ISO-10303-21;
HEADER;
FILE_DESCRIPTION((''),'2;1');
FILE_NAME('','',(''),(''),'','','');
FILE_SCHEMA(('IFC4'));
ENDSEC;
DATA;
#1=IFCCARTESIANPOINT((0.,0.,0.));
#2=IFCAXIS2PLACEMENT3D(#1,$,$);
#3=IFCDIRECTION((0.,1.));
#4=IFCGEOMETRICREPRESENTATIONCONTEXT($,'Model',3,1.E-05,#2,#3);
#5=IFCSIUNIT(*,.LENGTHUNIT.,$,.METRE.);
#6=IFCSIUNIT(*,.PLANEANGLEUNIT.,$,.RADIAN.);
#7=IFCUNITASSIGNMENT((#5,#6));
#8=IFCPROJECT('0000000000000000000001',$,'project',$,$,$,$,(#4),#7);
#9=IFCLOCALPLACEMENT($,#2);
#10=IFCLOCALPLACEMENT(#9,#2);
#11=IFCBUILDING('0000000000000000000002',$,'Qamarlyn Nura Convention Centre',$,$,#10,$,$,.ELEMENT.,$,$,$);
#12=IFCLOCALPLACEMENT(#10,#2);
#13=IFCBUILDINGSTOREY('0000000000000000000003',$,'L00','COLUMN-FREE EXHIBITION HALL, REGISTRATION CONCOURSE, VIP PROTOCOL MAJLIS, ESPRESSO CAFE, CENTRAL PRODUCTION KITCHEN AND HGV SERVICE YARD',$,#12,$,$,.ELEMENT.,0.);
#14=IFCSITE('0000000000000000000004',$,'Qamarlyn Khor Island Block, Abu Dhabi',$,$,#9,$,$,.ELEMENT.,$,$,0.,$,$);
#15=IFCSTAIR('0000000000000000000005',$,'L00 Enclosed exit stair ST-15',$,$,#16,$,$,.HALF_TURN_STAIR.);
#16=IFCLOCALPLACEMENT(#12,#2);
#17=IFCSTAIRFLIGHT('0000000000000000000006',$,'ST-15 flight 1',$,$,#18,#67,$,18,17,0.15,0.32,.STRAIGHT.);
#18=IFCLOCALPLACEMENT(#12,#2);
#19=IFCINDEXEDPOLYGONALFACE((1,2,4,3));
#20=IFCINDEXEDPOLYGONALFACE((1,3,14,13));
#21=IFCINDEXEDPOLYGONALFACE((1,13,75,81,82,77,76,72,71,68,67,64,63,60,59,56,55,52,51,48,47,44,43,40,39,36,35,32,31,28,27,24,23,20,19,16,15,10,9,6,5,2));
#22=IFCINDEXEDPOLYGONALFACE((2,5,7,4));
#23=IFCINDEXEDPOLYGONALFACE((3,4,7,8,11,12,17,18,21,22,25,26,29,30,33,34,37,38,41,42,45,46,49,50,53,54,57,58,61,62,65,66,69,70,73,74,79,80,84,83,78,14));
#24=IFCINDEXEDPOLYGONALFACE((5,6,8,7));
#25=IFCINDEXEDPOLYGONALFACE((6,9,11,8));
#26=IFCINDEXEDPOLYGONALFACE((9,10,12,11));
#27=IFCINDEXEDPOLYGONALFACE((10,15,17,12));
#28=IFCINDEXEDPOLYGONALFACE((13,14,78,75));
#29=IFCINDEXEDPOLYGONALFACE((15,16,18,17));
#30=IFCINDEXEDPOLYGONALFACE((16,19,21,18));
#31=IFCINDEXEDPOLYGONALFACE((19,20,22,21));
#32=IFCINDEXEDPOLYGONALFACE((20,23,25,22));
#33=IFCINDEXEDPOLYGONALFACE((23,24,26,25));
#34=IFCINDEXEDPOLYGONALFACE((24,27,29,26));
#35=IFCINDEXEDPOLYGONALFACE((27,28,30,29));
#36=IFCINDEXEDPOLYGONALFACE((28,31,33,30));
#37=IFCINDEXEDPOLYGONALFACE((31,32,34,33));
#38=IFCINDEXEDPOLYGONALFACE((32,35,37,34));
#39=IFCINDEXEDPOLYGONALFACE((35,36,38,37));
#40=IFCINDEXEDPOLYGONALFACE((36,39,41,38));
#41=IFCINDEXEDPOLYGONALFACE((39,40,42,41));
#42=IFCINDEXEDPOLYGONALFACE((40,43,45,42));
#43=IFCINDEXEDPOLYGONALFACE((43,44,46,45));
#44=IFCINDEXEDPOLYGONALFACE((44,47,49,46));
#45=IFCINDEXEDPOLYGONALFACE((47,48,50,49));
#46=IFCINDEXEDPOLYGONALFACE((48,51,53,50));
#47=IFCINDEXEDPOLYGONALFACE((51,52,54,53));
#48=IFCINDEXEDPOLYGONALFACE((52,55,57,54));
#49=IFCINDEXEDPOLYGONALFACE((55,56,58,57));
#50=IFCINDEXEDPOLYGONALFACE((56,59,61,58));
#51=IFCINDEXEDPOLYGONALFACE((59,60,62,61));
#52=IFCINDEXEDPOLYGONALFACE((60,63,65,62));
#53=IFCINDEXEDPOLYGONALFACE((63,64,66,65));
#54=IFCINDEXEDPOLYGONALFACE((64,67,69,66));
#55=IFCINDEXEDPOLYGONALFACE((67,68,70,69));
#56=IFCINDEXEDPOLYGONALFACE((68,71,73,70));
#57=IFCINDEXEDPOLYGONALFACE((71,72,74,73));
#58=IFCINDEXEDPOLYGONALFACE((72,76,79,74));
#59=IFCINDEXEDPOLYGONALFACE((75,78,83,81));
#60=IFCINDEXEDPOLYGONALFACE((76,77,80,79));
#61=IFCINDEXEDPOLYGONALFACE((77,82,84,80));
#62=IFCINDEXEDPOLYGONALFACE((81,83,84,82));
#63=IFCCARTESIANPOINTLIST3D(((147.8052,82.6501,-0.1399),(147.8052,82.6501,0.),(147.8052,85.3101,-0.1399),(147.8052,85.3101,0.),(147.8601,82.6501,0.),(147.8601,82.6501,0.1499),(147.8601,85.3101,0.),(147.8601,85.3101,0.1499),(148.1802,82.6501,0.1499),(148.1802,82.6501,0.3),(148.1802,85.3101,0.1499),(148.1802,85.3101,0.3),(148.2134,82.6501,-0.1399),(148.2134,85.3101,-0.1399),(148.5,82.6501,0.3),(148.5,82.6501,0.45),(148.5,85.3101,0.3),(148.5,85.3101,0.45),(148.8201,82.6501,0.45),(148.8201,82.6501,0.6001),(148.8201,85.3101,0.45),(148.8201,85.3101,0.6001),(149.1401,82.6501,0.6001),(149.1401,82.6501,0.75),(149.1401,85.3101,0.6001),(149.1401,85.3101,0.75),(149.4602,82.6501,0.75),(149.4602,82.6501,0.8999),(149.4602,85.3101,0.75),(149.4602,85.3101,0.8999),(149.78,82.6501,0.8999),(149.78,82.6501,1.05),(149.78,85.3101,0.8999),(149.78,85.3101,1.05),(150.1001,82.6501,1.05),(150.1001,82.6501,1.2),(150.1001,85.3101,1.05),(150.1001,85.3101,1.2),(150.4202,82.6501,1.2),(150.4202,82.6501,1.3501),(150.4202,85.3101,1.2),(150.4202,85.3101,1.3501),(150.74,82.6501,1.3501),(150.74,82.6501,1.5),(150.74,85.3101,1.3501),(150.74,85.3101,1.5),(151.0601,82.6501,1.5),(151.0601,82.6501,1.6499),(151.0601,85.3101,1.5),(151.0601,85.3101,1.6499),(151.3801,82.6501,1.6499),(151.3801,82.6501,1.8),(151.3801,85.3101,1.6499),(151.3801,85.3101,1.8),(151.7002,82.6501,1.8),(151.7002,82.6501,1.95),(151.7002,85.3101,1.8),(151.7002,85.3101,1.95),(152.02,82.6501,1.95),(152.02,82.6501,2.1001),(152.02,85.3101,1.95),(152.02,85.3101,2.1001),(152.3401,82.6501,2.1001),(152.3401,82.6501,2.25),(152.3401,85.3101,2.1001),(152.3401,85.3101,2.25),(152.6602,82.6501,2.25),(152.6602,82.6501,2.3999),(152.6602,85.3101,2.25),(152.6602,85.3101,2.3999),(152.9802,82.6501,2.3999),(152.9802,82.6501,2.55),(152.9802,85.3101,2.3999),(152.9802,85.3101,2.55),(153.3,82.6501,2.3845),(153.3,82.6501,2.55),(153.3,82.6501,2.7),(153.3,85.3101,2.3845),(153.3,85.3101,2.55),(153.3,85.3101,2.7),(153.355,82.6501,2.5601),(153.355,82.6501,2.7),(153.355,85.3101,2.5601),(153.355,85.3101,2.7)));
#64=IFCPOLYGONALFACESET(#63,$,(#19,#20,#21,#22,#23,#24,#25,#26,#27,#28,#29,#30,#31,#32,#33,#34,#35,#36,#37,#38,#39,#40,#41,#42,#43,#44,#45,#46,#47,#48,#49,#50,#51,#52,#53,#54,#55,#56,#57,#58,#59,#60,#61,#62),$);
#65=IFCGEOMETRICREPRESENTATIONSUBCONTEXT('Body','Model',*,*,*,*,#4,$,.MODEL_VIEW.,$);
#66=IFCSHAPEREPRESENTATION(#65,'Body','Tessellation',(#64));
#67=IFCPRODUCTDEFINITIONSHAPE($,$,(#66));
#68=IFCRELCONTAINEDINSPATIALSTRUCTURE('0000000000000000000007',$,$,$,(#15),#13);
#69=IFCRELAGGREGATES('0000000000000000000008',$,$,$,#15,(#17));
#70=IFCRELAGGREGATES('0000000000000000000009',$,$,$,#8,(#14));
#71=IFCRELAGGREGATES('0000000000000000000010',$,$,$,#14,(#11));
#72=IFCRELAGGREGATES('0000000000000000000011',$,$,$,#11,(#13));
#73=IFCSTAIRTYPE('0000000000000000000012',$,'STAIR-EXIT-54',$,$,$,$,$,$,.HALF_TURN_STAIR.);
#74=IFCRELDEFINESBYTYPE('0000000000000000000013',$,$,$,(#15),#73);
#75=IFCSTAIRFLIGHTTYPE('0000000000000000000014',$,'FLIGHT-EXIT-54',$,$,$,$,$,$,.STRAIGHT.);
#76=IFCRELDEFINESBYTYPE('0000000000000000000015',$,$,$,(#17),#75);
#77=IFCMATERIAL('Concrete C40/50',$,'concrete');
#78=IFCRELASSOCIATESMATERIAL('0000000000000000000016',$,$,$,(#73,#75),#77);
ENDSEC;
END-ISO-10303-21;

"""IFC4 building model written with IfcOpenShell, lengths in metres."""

from ifc_helpers import new_model, si_unit, direction, frame, origin, place, context, subcontext, project, spatial, polyline, outline, extrude, material, type_object, element, aggregate, save


model = new_model("IFC4")

# Units and contexts
model_context = context("Model", 3, precision=1e-05, world=origin(), true_north=direction((0.0, 1.0)))
body_context = subcontext(model_context, "Body", "Model", "MODEL_VIEW")
ifc_project = project(units=[si_unit("LENGTHUNIT", "METRE"), si_unit("PLANEANGLEUNIT", "RADIAN")], contexts=[model_context])

# Site, building, storey
site_placement = place(None, origin())
site = spatial("IfcSite", under=ifc_project, at=site_placement, Name="Qamarlyn Khor Island Block, Abu Dhabi", CompositionType="ELEMENT", RefElevation=0.0)
building_placement = place(site_placement, origin())
building = spatial("IfcBuilding", under=site, at=building_placement, Name="Qamarlyn Nura Convention Centre", CompositionType="ELEMENT")
storey_placement = place(building_placement, origin())
storey = spatial("IfcBuildingStorey", under=building, at=storey_placement, Name="L00", Description="COLUMN-FREE EXHIBITION HALL, REGISTRATION CONCOURSE, VIP PROTOCOL MAJLIS, ESPRESSO CAFE, CENTRAL PRODUCTION KITCHEN AND HGV SERVICE YARD", CompositionType="ELEMENT", Elevation=0.0)

# Shared definitions
ifc_material_1 = material(Name="Concrete C40/50", Category="concrete")

# Stair, stair flight
stair_type = type_object("IfcStairType", Name="STAIR-EXIT-54", PredefinedType="HALF_TURN_STAIR", material=ifc_material_1)
stair_placement = place(storey_placement, origin())
stair = element("IfcStair", 1, at=stair_placement, inside=storey, type_object=stair_type, Name="L00 Enclosed exit stair ST-15", PredefinedType="HALF_TURN_STAIR")
stair_flight_type = type_object("IfcStairFlightType", Name="FLIGHT-EXIT-54", PredefinedType="STRAIGHT", material=ifc_material_1)
stair_flight_placement = place(storey_placement, frame((147.8601, 83.98, 0.0), z_axis=(0.0, 0.0, 1.0), x_axis=(1.0, 0.0, 0.0)))
stair_flight = element("IfcStairFlight", 2, at=stair_flight_placement, type_object=stair_flight_type, Name="ST-15 flight 1", NumberOfRisers=18, NumberOfTreads=17, PredefinedType="STRAIGHT", RiserHeight=0.15, TreadLength=0.32, context=body_context, shape_type="SweptSolid", body=[
    extrude(outline(polyline([(-0.0549, 0.0), (0.0, 0.0), (0.0, 0.1499), (0.3201, 0.1499), (0.3201, 0.3), (0.6399, 0.3), (0.6399, 0.45), (0.96, 0.45), (0.96, 0.6001), (1.28, 0.6001), (1.28, 0.75), (1.6001, 0.75), (1.6001, 0.8999), (1.9199, 0.8999), (1.9199, 1.05), (2.24, 1.05), (2.24, 1.2), (2.5601, 1.2), (2.5601, 1.3501), (2.8799, 1.3501), (2.8799, 1.5), (3.2, 1.5), (3.2, 1.6499), (3.52, 1.6499), (3.52, 1.8), (3.8401, 1.8), (3.8401, 1.95), (4.1599, 1.95), (4.1599, 2.1001), (4.48, 2.1001), (4.48, 2.25), (4.8, 2.25), (4.8, 2.3999), (5.1201, 2.3999), (5.1201, 2.55), (5.4399, 2.55), (5.4399, 2.7), (5.4949, 2.7), (5.4949, 2.5601), (5.4399, 2.3845), (0.3533, -0.1399), (-0.0549, -0.1399), (-0.0549, 0.0)])), frame((0.0, 1.3301, 0.0), z_axis=(0.0, -1.0, 0.0), x_axis=(1.0, 0.0, 0.0)), (0.0, 0.0, 1.0), 2.6599),
])
aggregate(stair, [stair_flight])

save(model, "model.ifc")
